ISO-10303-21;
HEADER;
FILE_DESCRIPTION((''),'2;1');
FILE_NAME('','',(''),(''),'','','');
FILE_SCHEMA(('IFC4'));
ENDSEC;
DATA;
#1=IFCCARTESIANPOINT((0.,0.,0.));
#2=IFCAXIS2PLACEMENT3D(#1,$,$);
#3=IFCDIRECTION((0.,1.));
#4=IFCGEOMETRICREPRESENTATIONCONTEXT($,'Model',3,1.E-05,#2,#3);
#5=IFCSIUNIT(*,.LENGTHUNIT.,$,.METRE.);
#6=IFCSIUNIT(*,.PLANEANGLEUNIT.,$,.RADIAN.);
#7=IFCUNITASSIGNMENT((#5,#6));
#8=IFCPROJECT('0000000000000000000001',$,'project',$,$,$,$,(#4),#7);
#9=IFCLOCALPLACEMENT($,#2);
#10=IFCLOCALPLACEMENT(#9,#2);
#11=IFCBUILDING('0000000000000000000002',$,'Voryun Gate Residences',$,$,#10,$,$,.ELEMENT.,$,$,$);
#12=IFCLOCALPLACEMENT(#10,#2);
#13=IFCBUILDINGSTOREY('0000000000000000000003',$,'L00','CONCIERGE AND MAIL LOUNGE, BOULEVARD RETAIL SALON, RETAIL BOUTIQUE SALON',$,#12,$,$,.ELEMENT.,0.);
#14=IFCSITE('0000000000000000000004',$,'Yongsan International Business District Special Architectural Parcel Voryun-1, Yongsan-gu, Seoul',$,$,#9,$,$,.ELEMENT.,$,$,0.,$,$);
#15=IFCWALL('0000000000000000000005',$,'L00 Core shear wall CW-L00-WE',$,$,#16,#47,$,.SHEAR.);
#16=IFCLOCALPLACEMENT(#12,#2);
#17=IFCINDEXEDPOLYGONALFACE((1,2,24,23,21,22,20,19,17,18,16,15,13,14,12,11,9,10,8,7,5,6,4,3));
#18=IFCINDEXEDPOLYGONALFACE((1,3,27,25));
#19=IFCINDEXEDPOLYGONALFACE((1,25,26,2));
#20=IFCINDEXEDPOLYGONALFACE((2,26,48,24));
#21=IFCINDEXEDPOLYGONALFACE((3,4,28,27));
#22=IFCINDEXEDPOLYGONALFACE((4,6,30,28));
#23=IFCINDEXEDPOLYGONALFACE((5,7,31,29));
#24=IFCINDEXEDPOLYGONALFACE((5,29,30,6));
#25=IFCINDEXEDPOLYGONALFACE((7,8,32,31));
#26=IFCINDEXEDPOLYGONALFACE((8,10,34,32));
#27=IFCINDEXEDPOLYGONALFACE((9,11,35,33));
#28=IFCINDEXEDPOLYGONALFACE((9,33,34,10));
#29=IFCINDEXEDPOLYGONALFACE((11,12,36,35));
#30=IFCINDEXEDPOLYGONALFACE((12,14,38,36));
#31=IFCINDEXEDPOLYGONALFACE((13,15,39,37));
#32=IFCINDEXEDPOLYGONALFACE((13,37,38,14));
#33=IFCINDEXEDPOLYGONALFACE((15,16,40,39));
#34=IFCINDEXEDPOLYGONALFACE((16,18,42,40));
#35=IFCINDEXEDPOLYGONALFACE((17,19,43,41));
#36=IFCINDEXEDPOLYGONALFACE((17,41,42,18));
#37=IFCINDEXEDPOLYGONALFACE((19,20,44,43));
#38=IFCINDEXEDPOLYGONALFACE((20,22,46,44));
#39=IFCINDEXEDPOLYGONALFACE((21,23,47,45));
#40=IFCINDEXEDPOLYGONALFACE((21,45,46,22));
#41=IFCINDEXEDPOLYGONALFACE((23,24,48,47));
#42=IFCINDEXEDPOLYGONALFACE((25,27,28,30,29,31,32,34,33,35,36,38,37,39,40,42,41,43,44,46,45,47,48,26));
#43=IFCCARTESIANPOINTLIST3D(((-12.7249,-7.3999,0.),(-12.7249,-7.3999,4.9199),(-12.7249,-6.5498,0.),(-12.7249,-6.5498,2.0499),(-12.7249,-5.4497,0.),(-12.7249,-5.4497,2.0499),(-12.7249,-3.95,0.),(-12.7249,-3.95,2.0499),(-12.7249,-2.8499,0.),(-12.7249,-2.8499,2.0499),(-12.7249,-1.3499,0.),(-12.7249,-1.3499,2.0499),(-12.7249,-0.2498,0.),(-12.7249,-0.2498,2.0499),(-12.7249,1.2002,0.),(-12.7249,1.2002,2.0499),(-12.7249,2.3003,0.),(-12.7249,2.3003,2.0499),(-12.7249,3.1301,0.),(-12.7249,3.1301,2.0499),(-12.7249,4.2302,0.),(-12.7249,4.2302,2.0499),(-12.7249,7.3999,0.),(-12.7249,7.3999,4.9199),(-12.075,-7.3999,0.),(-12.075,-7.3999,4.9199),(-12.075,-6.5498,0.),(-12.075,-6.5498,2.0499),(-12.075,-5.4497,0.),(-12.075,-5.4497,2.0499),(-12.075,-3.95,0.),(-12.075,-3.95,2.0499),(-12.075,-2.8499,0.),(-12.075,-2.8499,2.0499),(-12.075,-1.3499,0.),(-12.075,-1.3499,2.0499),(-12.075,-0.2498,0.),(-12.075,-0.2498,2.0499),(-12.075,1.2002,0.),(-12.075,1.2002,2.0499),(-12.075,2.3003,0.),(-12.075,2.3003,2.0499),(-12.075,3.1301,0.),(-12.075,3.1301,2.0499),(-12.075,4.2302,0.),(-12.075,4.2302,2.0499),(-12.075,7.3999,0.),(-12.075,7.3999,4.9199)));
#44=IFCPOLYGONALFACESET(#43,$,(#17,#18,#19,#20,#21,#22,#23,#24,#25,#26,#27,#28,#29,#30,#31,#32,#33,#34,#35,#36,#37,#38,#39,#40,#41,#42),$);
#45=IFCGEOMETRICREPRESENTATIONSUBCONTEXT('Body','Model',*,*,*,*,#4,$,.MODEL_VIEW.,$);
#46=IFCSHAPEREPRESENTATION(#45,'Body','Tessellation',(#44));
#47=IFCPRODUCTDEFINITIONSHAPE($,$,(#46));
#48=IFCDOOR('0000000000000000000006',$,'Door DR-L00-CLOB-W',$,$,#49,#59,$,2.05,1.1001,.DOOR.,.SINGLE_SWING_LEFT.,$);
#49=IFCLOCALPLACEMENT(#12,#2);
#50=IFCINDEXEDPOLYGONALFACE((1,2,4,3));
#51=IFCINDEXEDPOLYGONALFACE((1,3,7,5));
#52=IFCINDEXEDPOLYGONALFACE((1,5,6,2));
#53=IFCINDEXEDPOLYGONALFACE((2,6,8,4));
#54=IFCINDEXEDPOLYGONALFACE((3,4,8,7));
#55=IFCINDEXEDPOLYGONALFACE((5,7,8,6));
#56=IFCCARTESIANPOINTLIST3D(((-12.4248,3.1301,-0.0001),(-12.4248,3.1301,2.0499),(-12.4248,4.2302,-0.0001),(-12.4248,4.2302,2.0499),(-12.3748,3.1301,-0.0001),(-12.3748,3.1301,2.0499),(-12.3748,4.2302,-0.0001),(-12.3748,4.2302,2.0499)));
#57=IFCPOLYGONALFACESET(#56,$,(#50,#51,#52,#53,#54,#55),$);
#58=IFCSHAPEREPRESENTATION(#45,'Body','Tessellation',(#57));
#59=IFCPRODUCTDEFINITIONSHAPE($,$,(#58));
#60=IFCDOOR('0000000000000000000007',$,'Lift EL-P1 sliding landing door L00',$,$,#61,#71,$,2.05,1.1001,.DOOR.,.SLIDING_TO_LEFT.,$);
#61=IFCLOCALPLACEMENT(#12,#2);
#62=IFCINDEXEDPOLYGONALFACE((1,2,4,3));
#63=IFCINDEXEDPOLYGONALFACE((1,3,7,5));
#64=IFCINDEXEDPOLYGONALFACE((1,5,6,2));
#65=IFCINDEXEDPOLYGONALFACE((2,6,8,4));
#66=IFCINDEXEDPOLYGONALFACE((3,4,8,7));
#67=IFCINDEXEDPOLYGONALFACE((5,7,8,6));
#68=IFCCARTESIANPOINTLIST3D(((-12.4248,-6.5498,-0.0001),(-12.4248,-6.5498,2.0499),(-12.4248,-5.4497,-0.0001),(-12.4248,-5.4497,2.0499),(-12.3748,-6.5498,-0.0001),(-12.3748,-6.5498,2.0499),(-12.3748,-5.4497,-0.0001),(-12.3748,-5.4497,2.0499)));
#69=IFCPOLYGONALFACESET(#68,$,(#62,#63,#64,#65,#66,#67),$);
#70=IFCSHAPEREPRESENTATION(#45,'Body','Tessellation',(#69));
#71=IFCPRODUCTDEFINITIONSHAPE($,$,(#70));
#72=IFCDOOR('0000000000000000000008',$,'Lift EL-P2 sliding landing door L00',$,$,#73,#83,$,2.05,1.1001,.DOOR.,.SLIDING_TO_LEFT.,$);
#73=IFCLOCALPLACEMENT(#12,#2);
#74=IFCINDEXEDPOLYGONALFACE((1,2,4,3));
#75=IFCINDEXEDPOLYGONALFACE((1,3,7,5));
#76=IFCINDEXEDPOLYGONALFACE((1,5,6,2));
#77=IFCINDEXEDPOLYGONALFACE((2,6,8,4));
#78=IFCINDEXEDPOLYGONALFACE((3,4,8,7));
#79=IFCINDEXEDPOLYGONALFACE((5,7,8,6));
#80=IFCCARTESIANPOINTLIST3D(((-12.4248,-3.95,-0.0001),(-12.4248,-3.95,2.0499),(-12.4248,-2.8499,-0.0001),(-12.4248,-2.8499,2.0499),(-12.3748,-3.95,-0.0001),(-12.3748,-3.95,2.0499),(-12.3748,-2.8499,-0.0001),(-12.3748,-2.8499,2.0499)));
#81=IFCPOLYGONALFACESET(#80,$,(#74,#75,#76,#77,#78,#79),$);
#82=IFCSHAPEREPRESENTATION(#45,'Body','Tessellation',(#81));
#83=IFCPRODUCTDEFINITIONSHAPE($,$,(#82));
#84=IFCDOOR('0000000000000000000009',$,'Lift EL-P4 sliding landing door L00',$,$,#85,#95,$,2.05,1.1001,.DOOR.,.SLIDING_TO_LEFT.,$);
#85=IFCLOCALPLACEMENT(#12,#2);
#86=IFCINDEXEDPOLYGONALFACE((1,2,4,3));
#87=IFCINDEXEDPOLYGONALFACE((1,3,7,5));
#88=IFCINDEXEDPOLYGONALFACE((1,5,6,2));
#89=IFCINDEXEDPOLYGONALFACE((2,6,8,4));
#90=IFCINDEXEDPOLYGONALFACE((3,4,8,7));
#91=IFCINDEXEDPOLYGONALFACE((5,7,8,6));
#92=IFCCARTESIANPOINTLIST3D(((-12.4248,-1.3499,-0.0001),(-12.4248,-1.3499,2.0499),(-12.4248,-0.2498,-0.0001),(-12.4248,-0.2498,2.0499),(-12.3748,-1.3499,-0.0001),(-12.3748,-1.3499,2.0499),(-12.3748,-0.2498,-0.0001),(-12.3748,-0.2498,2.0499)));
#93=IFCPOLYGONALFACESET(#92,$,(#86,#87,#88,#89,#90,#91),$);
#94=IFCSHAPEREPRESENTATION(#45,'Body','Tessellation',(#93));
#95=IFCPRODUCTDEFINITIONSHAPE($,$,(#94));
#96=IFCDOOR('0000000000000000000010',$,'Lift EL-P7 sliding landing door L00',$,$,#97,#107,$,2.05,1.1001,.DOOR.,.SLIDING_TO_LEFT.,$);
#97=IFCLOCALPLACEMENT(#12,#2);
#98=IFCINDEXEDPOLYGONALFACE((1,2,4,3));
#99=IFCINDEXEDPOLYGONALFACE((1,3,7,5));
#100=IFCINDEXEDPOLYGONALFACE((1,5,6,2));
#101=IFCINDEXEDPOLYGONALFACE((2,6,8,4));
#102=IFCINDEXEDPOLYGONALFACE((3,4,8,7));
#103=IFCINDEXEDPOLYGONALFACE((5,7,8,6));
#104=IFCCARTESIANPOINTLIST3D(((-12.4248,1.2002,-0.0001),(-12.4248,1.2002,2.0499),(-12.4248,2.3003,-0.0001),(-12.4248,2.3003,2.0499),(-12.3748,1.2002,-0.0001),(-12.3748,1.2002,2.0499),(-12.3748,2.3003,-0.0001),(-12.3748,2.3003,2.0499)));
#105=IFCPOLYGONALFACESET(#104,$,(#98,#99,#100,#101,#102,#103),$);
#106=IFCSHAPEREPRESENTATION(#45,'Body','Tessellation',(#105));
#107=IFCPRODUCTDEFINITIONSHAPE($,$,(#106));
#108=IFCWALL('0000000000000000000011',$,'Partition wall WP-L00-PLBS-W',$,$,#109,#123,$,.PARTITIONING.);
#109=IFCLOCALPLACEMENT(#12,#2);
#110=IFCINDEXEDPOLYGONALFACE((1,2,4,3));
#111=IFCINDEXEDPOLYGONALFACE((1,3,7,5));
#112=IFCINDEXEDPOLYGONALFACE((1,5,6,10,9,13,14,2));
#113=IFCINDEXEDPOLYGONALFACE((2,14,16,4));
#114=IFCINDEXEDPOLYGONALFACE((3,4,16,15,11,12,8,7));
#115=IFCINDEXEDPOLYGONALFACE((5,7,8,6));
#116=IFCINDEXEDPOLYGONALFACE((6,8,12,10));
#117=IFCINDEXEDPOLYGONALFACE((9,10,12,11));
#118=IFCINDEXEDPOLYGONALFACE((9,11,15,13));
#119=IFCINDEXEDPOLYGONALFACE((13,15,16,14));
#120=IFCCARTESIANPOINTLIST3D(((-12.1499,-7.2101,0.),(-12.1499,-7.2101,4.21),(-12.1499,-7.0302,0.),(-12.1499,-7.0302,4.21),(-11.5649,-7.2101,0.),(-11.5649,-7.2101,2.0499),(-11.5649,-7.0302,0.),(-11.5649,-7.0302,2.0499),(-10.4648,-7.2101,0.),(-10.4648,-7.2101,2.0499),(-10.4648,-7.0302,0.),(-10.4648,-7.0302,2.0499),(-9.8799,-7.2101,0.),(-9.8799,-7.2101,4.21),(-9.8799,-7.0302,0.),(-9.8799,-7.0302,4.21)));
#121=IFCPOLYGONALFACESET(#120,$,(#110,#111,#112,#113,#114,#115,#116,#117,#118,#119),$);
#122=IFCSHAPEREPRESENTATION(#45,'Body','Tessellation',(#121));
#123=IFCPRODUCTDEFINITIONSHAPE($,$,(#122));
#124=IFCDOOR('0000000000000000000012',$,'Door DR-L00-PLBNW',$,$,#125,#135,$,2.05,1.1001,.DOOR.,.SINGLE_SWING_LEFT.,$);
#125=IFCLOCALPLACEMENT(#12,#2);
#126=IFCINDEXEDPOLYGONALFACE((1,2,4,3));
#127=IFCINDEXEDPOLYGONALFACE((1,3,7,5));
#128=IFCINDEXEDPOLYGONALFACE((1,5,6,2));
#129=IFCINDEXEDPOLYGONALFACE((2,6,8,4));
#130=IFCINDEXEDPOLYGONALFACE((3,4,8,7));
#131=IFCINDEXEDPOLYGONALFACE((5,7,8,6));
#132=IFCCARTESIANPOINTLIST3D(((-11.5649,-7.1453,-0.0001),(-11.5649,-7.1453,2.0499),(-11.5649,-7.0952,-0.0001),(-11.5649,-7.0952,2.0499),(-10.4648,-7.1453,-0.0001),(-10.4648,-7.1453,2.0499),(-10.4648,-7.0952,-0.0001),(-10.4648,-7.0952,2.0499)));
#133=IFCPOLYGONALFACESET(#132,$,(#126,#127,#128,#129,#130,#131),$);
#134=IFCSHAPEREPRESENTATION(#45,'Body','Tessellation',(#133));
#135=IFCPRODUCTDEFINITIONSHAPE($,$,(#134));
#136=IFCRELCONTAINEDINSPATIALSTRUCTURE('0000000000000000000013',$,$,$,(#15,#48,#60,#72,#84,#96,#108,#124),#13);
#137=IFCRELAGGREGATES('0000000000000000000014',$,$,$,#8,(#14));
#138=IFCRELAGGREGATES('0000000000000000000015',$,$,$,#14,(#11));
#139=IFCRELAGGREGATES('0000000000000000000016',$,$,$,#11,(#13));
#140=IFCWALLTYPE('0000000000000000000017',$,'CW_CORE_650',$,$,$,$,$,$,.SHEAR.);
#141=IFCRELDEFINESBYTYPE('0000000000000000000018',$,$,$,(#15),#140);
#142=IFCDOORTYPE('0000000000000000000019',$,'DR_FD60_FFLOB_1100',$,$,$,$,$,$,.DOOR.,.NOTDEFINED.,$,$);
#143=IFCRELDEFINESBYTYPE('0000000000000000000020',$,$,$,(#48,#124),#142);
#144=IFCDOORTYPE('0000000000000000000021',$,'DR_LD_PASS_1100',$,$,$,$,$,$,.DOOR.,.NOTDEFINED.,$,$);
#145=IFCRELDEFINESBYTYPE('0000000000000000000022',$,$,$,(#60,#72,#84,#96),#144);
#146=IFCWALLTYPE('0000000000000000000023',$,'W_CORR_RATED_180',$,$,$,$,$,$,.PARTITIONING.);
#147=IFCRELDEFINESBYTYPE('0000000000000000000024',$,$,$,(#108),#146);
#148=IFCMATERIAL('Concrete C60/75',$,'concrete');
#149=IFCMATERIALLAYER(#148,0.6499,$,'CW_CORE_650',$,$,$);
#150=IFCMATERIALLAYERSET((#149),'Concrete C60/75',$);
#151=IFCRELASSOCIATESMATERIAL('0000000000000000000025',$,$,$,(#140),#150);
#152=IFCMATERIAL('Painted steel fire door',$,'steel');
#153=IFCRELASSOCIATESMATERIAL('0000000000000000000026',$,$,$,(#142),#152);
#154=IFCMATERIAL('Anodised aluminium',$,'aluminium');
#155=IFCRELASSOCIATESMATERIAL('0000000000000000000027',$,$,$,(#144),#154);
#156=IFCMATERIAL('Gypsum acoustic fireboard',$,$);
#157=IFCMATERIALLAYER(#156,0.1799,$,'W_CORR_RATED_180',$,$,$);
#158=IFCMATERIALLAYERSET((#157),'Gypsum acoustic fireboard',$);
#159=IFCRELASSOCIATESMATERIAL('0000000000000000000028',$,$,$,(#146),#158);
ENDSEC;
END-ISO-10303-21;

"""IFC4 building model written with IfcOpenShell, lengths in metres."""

from ifc_helpers import new_model, si_unit, direction, frame, frame_2d, origin, place, context, subcontext, project, spatial, rectangle, extrude, material, layer, layer_set, type_object, element, fill, save


model = new_model("IFC4")

# Units and contexts
model_context = context("Model", 3, precision=1e-05, world=origin(), true_north=direction((0.0, 1.0)))
body_context = subcontext(model_context, "Body", "Model", "MODEL_VIEW")
ifc_project = project(units=[si_unit("LENGTHUNIT", "METRE"), si_unit("PLANEANGLEUNIT", "RADIAN")], contexts=[model_context])

# Site, building, storey
site_placement = place(None, origin())
site = spatial("IfcSite", under=ifc_project, at=site_placement, Name="Yongsan International Business District Special Architectural Parcel Voryun-1, Yongsan-gu, Seoul", CompositionType="ELEMENT", RefElevation=0.0)
building_placement = place(site_placement, origin())
building = spatial("IfcBuilding", under=site, at=building_placement, Name="Voryun Gate Residences", CompositionType="ELEMENT")
storey_placement = place(building_placement, origin())
storey = spatial("IfcBuildingStorey", under=building, at=storey_placement, Name="L00", Description="CONCIERGE AND MAIL LOUNGE, BOULEVARD RETAIL SALON, RETAIL BOUTIQUE SALON", CompositionType="ELEMENT", Elevation=0.0)

# Wall, openings, doors
ifc_material_1 = material(Name="Concrete C60/75", Category="concrete")
ifc_layer_1 = layer(ifc_material_1, 0.6499, Name="CW_CORE_650")
ifc_layer_set_1 = layer_set([ifc_layer_1], Name="Concrete C60/75")
wall_type_1 = type_object("IfcWallType", Name="CW_CORE_650", PredefinedType="SHEAR", material=ifc_layer_set_1)
wall_1_placement = place(storey_placement, frame((-12.3999, -7.3999, 0.0), z_axis=(0.0, 0.0, 1.0), x_axis=(0.0, 1.0, 0.0)))
wall_1 = element("IfcWall", 1, at=wall_1_placement, inside=storey, type_object=wall_type_1, Name="L00 Core shear wall CW-L00-WE", PredefinedType="SHEAR", context=body_context, shape_type="SweptSolid", body=[
    extrude(rectangle(XDim=14.7998, YDim=0.6499, at=frame_2d((7.3999, 0.0))), origin(), (0.0, 0.0, 1.0), 4.9199),
])
opening_1_placement = place(wall_1_placement, frame((0.8501, 0.0, 0.0)))
opening_1 = element("IfcOpeningElement", 2, at=opening_1_placement, cuts=wall_1, PredefinedType="OPENING", context=body_context, shape_type="SweptSolid", body=[
    extrude(rectangle(XDim=1.1001, YDim=2.05, at=frame_2d((0.55, 1.0249))), frame((0.0, 0.335, 0.0), z_axis=(0.0, -1.0, 0.0), x_axis=(1.0, 0.0, 0.0)), (0.0, 0.0, 1.0), 0.6699),
])
opening_2_placement = place(wall_1_placement, frame((3.45, 0.0, 0.0)))
opening_2 = element("IfcOpeningElement", 3, at=opening_2_placement, cuts=wall_1, PredefinedType="OPENING", context=body_context, shape_type="SweptSolid", body=[
    extrude(rectangle(XDim=1.1001, YDim=2.05, at=frame_2d((0.55, 1.0249))), frame((0.0, 0.335, 0.0), z_axis=(0.0, -1.0, 0.0), x_axis=(1.0, 0.0, 0.0)), (0.0, 0.0, 1.0), 0.6699),
])
opening_3_placement = place(wall_1_placement, frame((6.05, 0.0, 0.0)))
opening_3 = element("IfcOpeningElement", 4, at=opening_3_placement, cuts=wall_1, PredefinedType="OPENING", context=body_context, shape_type="SweptSolid", body=[
    extrude(rectangle(XDim=1.1001, YDim=2.05, at=frame_2d((0.55, 1.0249))), frame((0.0, 0.335, 0.0), z_axis=(0.0, -1.0, 0.0), x_axis=(1.0, 0.0, 0.0)), (0.0, 0.0, 1.0), 0.6699),
])
opening_4_placement = place(wall_1_placement, frame((8.6001, 0.0, 0.0)))
opening_4 = element("IfcOpeningElement", 5, at=opening_4_placement, cuts=wall_1, PredefinedType="OPENING", context=body_context, shape_type="SweptSolid", body=[
    extrude(rectangle(XDim=1.1001, YDim=2.05, at=frame_2d((0.55, 1.0249))), frame((0.0, 0.335, 0.0), z_axis=(0.0, -1.0, 0.0), x_axis=(1.0, 0.0, 0.0)), (0.0, 0.0, 1.0), 0.6699),
])
opening_5_placement = place(wall_1_placement, frame((10.53, 0.0, 0.0)))
opening_5 = element("IfcOpeningElement", 6, at=opening_5_placement, cuts=wall_1, PredefinedType="OPENING", context=body_context, shape_type="SweptSolid", body=[
    extrude(rectangle(XDim=1.1001, YDim=2.05, at=frame_2d((0.55, 1.0249))), frame((0.0, 0.335, 0.0), z_axis=(0.0, -1.0, 0.0), x_axis=(1.0, 0.0, 0.0)), (0.0, 0.0, 1.0), 0.6699),
])
ifc_material_2 = material(Name="Painted steel fire door", Category="steel")
door_type_1 = type_object("IfcDoorType", Name="DR_FD60_FFLOB_1100", OperationType="NOTDEFINED", PredefinedType="DOOR", material=ifc_material_2)
door_1_placement = place(opening_5_placement, origin())
door_1 = element("IfcDoor", 7, at=door_1_placement, inside=storey, type_object=door_type_1, Name="Door DR-L00-CLOB-W", OperationType="SINGLE_SWING_LEFT", OverallHeight=2.05, OverallWidth=1.1001, PredefinedType="DOOR", context=body_context, shape_type="SweptSolid", body=[
    extrude(rectangle(XDim=1.1001, YDim=2.05, at=frame_2d((0.55, 1.0249))), frame((0.0, 0.0249, 0.0), z_axis=(0.0, -1.0, 0.0), x_axis=(1.0, 0.0, 0.0)), (0.0, 0.0, 1.0), 0.05),
])
fill(opening_5, door_1)
ifc_material_3 = material(Name="Anodised aluminium", Category="aluminium")
door_type_2 = type_object("IfcDoorType", Name="DR_LD_PASS_1100", OperationType="NOTDEFINED", PredefinedType="DOOR", material=ifc_material_3)
door_2_placement = place(opening_1_placement, origin())
door_2 = element("IfcDoor", 8, at=door_2_placement, inside=storey, type_object=door_type_2, Name="Lift EL-P1 sliding landing door L00", OperationType="SLIDING_TO_LEFT", OverallHeight=2.05, OverallWidth=1.1001, PredefinedType="DOOR", context=body_context, shape_type="SweptSolid", body=[
    extrude(rectangle(XDim=1.1001, YDim=2.05, at=frame_2d((0.55, 1.0249))), frame((0.0, 0.0249, 0.0), z_axis=(0.0, -1.0, 0.0), x_axis=(1.0, 0.0, 0.0)), (0.0, 0.0, 1.0), 0.05),
])
fill(opening_1, door_2)
door_3_placement = place(opening_2_placement, origin())
door_3 = element("IfcDoor", 9, at=door_3_placement, inside=storey, type_object=door_type_2, Name="Lift EL-P2 sliding landing door L00", OperationType="SLIDING_TO_LEFT", OverallHeight=2.05, OverallWidth=1.1001, PredefinedType="DOOR", context=body_context, shape_type="SweptSolid", body=[
    extrude(rectangle(XDim=1.1001, YDim=2.05, at=frame_2d((0.55, 1.0249))), frame((0.0, 0.0249, 0.0), z_axis=(0.0, -1.0, 0.0), x_axis=(1.0, 0.0, 0.0)), (0.0, 0.0, 1.0), 0.05),
])
fill(opening_2, door_3)
door_4_placement = place(opening_3_placement, origin())
door_4 = element("IfcDoor", 10, at=door_4_placement, inside=storey, type_object=door_type_2, Name="Lift EL-P4 sliding landing door L00", OperationType="SLIDING_TO_LEFT", OverallHeight=2.05, OverallWidth=1.1001, PredefinedType="DOOR", context=body_context, shape_type="SweptSolid", body=[
    extrude(rectangle(XDim=1.1001, YDim=2.05, at=frame_2d((0.55, 1.0249))), frame((0.0, 0.0249, 0.0), z_axis=(0.0, -1.0, 0.0), x_axis=(1.0, 0.0, 0.0)), (0.0, 0.0, 1.0), 0.05),
])
fill(opening_3, door_4)
door_5_placement = place(opening_4_placement, origin())
door_5 = element("IfcDoor", 11, at=door_5_placement, inside=storey, type_object=door_type_2, Name="Lift EL-P7 sliding landing door L00", OperationType="SLIDING_TO_LEFT", OverallHeight=2.05, OverallWidth=1.1001, PredefinedType="DOOR", context=body_context, shape_type="SweptSolid", body=[
    extrude(rectangle(XDim=1.1001, YDim=2.05, at=frame_2d((0.55, 1.0249))), frame((0.0, 0.0249, 0.0), z_axis=(0.0, -1.0, 0.0), x_axis=(1.0, 0.0, 0.0)), (0.0, 0.0, 1.0), 0.05),
])
fill(opening_4, door_5)

# Wall, opening, door
ifc_material_4 = material(Name="Gypsum acoustic fireboard")
ifc_layer_2 = layer(ifc_material_4, 0.1799, Name="W_CORR_RATED_180")
ifc_layer_set_2 = layer_set([ifc_layer_2], Name="Gypsum acoustic fireboard")
wall_type_2 = type_object("IfcWallType", Name="W_CORR_RATED_180", PredefinedType="PARTITIONING", material=ifc_layer_set_2)
wall_2_placement = place(storey_placement, frame((-12.1499, -7.1201, 0.0), z_axis=(0.0, 0.0, 1.0), x_axis=(1.0, 0.0, 0.0)))
wall_2 = element("IfcWall", 12, at=wall_2_placement, inside=storey, type_object=wall_type_2, Name="Partition wall WP-L00-PLBS-W", PredefinedType="PARTITIONING", context=body_context, shape_type="SweptSolid", body=[
    extrude(rectangle(XDim=2.27, YDim=0.1799, at=frame_2d((1.135, 0.0))), origin(), (0.0, 0.0, 1.0), 4.21),
])
opening_6_placement = place(wall_2_placement, frame((0.585, 0.0, 0.0)))
opening_6 = element("IfcOpeningElement", 13, at=opening_6_placement, cuts=wall_2, PredefinedType="OPENING", context=body_context, shape_type="SweptSolid", body=[
    extrude(rectangle(XDim=1.1001, YDim=2.05, at=frame_2d((0.55, 1.0249))), frame((0.0, 0.0999, 0.0), z_axis=(0.0, -1.0, 0.0), x_axis=(1.0, 0.0, 0.0)), (0.0, 0.0, 1.0), 0.2),
])
door_6_placement = place(opening_6_placement, origin())
door_6 = element("IfcDoor", 14, at=door_6_placement, inside=storey, type_object=door_type_1, Name="Door DR-L00-PLBNW", OperationType="SINGLE_SWING_LEFT", OverallHeight=2.05, OverallWidth=1.1001, PredefinedType="DOOR", context=body_context, shape_type="SweptSolid", body=[
    extrude(rectangle(XDim=1.1001, YDim=2.05, at=frame_2d((0.55, 1.0249))), frame((0.0, 0.0249, 0.0), z_axis=(0.0, -1.0, 0.0), x_axis=(1.0, 0.0, 0.0)), (0.0, 0.0, 1.0), 0.05),
])
fill(opening_6, door_6)

save(model, "model.ifc")
